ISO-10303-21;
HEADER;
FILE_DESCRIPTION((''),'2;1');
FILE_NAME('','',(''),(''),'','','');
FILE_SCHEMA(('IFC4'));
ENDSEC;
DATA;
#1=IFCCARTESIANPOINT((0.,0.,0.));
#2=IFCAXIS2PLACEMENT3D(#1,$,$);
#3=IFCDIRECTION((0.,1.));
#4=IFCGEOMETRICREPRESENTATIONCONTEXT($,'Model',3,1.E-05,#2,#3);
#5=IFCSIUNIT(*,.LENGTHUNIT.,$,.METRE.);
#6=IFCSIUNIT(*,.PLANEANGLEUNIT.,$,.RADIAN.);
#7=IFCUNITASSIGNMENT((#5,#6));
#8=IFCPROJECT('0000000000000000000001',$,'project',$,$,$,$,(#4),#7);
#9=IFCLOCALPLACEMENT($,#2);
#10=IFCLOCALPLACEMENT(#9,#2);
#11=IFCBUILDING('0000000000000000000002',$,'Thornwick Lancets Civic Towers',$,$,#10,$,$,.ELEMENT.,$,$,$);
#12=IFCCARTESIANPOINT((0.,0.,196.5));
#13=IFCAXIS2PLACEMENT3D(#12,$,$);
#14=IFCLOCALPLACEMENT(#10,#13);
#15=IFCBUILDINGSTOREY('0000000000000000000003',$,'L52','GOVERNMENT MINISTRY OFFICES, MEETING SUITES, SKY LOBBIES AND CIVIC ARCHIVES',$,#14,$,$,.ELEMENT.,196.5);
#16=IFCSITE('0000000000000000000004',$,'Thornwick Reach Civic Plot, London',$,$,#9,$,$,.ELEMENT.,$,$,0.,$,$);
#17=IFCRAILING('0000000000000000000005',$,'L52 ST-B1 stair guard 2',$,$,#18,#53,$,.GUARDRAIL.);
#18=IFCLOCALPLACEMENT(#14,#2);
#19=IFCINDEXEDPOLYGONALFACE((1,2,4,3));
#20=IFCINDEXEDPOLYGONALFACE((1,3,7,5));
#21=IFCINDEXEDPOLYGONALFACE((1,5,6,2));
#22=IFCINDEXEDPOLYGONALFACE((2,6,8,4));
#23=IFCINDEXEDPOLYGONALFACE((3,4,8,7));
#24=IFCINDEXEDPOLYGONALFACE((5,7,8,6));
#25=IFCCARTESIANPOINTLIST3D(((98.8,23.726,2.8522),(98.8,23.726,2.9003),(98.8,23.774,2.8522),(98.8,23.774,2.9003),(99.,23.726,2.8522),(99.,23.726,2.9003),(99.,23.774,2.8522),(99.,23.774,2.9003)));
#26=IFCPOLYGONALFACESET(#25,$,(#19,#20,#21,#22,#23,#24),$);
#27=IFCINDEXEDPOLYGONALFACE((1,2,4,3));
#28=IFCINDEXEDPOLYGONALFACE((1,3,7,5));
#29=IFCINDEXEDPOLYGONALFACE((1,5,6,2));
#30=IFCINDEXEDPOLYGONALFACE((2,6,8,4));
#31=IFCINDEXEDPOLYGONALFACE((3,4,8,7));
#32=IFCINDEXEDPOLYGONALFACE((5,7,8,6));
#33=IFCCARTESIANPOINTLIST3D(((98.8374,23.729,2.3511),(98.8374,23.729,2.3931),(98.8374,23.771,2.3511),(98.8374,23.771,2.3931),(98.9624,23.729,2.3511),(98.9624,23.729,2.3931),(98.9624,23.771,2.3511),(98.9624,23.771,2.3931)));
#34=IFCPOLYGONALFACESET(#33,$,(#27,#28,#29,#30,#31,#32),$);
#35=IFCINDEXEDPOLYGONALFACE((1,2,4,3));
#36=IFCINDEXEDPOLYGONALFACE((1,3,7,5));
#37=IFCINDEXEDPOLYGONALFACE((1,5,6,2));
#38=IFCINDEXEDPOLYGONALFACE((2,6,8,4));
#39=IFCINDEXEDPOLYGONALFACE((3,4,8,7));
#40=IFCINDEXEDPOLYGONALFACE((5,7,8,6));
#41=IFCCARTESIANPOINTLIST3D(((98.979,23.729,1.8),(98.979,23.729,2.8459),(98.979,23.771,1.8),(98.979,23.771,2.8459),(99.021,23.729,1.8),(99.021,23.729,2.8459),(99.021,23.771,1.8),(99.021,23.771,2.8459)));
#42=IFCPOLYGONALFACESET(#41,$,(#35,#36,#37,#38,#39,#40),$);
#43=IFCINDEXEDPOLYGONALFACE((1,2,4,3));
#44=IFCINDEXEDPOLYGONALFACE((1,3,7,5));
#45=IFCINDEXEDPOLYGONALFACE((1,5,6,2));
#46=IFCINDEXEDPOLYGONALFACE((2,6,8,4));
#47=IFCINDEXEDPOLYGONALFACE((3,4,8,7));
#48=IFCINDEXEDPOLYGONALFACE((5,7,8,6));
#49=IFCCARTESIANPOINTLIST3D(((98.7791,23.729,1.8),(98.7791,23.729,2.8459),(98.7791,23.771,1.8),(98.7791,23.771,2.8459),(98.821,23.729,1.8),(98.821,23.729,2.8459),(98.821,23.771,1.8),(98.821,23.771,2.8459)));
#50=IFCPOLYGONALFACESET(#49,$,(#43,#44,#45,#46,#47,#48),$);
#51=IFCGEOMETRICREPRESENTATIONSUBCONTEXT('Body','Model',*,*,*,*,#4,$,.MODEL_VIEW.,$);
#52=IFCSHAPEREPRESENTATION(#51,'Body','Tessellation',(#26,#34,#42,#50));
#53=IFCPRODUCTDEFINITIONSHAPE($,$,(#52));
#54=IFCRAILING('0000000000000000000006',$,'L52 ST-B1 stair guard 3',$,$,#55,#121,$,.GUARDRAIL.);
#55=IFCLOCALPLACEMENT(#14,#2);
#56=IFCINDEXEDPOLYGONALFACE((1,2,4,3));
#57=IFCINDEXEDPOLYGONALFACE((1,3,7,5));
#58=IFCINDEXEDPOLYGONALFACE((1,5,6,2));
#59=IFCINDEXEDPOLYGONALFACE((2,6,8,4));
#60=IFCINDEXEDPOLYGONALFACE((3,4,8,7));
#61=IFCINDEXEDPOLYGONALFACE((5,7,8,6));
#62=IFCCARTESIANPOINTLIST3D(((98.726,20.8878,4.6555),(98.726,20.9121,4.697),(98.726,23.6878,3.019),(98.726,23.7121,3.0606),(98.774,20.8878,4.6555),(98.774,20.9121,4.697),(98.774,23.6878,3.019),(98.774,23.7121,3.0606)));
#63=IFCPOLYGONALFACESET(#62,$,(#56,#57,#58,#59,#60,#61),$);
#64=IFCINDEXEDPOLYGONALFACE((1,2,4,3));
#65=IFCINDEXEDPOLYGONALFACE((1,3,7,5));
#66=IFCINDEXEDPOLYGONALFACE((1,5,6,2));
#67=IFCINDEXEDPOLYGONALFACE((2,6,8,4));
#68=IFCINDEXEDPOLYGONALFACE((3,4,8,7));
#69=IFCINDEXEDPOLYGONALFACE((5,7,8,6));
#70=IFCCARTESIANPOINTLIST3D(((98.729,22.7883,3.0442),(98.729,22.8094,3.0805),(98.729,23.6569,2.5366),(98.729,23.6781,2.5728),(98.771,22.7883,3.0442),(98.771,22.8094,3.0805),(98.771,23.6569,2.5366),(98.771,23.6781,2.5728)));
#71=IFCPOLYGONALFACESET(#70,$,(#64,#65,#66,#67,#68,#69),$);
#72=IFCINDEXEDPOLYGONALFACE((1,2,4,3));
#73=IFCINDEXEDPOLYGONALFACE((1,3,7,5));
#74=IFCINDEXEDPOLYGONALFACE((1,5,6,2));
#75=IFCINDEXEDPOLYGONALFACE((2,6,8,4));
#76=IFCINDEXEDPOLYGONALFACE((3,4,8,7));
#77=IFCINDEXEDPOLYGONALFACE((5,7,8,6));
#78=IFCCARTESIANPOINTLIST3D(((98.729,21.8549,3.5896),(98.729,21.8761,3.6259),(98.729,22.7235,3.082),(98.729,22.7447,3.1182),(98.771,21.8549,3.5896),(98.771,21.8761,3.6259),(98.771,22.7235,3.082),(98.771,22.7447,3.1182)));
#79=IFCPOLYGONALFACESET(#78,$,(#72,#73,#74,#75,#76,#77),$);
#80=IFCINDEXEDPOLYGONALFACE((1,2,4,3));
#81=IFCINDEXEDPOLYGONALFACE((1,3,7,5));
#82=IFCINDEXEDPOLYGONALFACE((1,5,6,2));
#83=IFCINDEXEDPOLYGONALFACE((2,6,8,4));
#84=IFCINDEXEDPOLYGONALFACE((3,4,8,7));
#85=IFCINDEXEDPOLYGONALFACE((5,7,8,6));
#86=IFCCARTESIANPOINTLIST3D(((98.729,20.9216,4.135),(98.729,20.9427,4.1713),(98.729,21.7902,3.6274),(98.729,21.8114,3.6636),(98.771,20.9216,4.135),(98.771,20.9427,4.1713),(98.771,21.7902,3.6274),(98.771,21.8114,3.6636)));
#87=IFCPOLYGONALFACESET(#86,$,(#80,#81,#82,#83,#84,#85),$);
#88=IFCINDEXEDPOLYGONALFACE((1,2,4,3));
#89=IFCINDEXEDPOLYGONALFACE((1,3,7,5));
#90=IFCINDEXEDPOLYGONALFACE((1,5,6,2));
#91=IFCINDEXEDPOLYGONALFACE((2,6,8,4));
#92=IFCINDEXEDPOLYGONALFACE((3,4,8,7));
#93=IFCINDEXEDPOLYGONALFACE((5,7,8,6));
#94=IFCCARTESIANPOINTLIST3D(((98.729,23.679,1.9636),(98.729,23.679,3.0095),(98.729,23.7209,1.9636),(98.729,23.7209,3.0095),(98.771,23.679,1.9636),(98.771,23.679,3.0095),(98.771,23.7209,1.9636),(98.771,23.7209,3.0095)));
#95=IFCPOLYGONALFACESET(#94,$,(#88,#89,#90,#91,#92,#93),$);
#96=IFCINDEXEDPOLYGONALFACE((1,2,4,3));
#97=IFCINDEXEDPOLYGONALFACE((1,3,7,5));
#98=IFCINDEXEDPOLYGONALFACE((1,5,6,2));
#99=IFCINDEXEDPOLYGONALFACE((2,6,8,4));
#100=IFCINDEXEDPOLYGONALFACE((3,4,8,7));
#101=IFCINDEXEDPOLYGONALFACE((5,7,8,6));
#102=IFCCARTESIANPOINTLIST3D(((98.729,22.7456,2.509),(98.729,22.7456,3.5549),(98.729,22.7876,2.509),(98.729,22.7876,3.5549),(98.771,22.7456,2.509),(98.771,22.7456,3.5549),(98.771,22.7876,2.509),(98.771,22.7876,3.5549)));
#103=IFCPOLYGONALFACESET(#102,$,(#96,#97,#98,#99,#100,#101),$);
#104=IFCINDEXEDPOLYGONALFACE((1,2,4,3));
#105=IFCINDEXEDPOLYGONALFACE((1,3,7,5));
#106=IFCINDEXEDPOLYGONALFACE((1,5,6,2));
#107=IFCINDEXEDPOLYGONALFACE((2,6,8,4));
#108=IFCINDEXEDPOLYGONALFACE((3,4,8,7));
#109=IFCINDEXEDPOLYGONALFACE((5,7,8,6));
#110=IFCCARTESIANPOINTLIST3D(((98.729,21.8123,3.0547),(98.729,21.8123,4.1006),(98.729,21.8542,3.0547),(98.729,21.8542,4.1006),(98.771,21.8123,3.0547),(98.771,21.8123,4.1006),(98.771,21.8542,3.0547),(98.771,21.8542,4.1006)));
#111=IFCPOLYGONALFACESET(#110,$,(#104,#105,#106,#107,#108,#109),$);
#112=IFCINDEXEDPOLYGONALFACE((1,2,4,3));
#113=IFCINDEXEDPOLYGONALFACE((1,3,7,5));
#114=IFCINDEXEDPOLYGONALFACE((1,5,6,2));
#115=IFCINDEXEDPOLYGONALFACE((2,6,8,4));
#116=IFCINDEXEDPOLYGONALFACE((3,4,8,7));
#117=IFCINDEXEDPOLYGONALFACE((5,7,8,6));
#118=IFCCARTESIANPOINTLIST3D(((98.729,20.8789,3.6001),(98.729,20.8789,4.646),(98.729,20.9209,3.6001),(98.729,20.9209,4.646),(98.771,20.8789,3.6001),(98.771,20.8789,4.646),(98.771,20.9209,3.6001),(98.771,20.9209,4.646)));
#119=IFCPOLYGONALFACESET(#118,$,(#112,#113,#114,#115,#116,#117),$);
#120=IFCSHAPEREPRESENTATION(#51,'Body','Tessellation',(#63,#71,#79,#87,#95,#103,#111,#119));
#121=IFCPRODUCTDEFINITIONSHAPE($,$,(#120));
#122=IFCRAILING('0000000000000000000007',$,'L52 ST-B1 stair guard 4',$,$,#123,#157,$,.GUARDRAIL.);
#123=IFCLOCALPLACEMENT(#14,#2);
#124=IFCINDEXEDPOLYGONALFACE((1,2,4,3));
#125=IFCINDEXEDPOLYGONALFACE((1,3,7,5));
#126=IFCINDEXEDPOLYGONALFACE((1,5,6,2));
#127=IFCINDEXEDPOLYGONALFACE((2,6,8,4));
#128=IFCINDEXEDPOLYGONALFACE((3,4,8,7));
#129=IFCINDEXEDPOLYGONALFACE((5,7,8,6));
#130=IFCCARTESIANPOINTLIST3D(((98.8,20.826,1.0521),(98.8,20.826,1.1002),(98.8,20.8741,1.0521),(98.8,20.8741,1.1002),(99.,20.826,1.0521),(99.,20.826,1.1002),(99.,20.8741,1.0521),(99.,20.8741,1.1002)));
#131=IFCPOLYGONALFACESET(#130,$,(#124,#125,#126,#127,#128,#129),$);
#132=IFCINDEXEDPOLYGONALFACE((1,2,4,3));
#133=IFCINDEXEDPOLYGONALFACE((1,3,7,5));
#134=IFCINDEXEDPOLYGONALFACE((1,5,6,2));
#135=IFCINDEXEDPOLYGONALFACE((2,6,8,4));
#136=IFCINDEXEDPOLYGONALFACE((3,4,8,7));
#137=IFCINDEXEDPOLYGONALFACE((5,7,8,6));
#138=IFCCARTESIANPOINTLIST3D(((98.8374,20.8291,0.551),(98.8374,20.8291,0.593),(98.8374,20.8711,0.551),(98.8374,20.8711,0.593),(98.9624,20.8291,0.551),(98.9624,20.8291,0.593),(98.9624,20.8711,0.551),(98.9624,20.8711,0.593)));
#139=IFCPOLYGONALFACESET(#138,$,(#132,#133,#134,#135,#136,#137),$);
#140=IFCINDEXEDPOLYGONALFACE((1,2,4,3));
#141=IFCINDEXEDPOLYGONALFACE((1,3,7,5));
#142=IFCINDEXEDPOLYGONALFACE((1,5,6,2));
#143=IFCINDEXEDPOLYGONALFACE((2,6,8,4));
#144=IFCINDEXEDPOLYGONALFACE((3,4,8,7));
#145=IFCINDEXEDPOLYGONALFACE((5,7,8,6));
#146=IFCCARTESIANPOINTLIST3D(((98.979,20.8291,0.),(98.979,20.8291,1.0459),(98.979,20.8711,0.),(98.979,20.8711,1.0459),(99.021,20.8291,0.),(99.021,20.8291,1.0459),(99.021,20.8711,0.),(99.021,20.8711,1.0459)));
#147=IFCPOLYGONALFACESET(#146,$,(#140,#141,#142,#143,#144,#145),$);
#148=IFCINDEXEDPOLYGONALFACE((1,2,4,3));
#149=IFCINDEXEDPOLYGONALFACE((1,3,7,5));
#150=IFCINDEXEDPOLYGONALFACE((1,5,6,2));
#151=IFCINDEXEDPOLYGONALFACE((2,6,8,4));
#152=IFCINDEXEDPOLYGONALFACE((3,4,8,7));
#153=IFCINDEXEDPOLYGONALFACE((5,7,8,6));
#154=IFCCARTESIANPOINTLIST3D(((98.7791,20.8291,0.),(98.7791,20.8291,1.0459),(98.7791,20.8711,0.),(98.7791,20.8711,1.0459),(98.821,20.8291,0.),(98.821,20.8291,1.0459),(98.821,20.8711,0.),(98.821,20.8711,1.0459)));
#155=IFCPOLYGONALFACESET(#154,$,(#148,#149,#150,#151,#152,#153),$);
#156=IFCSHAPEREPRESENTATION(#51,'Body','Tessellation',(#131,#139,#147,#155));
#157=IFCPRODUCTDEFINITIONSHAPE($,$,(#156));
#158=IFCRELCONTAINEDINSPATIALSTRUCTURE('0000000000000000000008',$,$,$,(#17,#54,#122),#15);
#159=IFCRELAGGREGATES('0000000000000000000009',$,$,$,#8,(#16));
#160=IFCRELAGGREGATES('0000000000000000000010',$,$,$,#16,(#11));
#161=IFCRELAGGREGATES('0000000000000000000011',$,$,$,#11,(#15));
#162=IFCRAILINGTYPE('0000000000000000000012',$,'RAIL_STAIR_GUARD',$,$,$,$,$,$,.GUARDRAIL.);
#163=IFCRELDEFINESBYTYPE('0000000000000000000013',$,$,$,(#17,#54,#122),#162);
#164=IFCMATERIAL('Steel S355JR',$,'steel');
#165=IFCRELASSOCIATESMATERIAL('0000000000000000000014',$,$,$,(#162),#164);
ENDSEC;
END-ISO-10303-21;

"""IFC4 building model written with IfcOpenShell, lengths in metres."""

from ifc_helpers import new_model, si_unit, direction, frame, origin, origin_2d, place, context, subcontext, project, spatial, rectangle, extrude, material, type_object, element, save


model = new_model("IFC4")

# Units and contexts
model_context = context("Model", 3, precision=1e-05, world=origin(), true_north=direction((0.0, 1.0)))
body_context = subcontext(model_context, "Body", "Model", "MODEL_VIEW")
ifc_project = project(units=[si_unit("LENGTHUNIT", "METRE"), si_unit("PLANEANGLEUNIT", "RADIAN")], contexts=[model_context])

# Site, building, storey
site_placement = place(None, origin())
site = spatial("IfcSite", under=ifc_project, at=site_placement, Name="Thornwick Reach Civic Plot, London", CompositionType="ELEMENT", RefElevation=0.0)
building_placement = place(site_placement, origin())
building = spatial("IfcBuilding", under=site, at=building_placement, Name="Thornwick Lancets Civic Towers", CompositionType="ELEMENT")
storey_placement = place(building_placement, frame((0.0, 0.0, 196.5)))
storey = spatial("IfcBuildingStorey", under=building, at=storey_placement, Name="L52", Description="GOVERNMENT MINISTRY OFFICES, MEETING SUITES, SKY LOBBIES AND CIVIC ARCHIVES", CompositionType="ELEMENT", Elevation=196.5)

# Railings
ifc_material_1 = material(Name="Steel S355JR", Category="steel")
railing_type_1 = type_object("IfcRailingType", Name="RAIL_STAIR_GUARD", PredefinedType="GUARDRAIL", material=ifc_material_1)
railing_1_placement = place(storey_placement, frame((99.0, 23.75, 1.8)))
element("IfcRailing", 1, at=railing_1_placement, inside=storey, type_object=railing_type_1, Name="L52 ST-B1 stair guard 2", PredefinedType="GUARDRAIL", context=body_context, shape_type="SweptSolid", body=[
    extrude(rectangle(XDim=0.0481, YDim=0.0481, at=origin_2d()), frame((0.0, 0.0, 1.0762), z_axis=(-1.0, 0.0, 0.0), x_axis=(0.0, -1.0, 0.0)), (0.0, 0.0, 1.0), 0.2),
    extrude(rectangle(XDim=0.042, YDim=0.042, at=origin_2d()), frame((-0.0376, 0.0, 0.572), z_axis=(-1.0, 0.0, 0.0), x_axis=(0.0, -1.0, 0.0)), (0.0, 0.0, 1.0), 0.125),
    extrude(rectangle(XDim=0.042, YDim=0.042, at=origin_2d()), origin(), (0.0, 0.0, 1.0), 1.0459),
    extrude(rectangle(XDim=0.042, YDim=0.042, at=origin_2d()), frame((-0.2, 0.0, 0.0)), (0.0, 0.0, 1.0), 1.0459),
])
railing_2_placement = place(storey_placement, frame((98.75, 23.7, 1.9636)))
element("IfcRailing", 2, at=railing_2_placement, inside=storey, type_object=railing_type_1, Name="L52 ST-B1 stair guard 3", PredefinedType="GUARDRAIL", context=body_context, shape_type="SweptSolid", body=[
    extrude(rectangle(XDim=0.0481, YDim=0.0481, at=origin_2d()), frame((0.0, 0.0, 1.0762), z_axis=(0.0, -0.863361, 0.504587), x_axis=(1.0, 0.0, 0.0)), (0.0, 0.0, 1.0), 3.2432),
    extrude(rectangle(XDim=0.042, YDim=0.042, at=origin_2d()), frame((0.0, -0.0325, 0.5911), z_axis=(0.0, -0.863361, 0.504587), x_axis=(1.0, 0.0, 0.0)), (0.0, 0.0, 1.0), 1.0061),
    extrude(rectangle(XDim=0.042, YDim=0.042, at=origin_2d()), frame((0.0, -0.9658, 1.1365), z_axis=(0.0, -0.863361, 0.504587), x_axis=(1.0, 0.0, 0.0)), (0.0, 0.0, 1.0), 1.0061),
    extrude(rectangle(XDim=0.042, YDim=0.042, at=origin_2d()), frame((0.0, -1.8992, 1.6819), z_axis=(0.0, -0.863361, 0.504587), x_axis=(1.0, 0.0, 0.0)), (0.0, 0.0, 1.0), 1.0061),
    extrude(rectangle(XDim=0.042, YDim=0.042, at=origin_2d()), origin(), (0.0, 0.0, 1.0), 1.0459),
    extrude(rectangle(XDim=0.042, YDim=0.042, at=origin_2d()), frame((0.0, -0.9333, 0.5454)), (0.0, 0.0, 1.0), 1.0459),
    extrude(rectangle(XDim=0.042, YDim=0.042, at=origin_2d()), frame((0.0, -1.8667, 1.0911)), (0.0, 0.0, 1.0), 1.0459),
    extrude(rectangle(XDim=0.042, YDim=0.042, at=origin_2d()), frame((0.0, -2.8, 1.6365)), (0.0, 0.0, 1.0), 1.0459),
])
railing_3_placement = place(storey_placement, frame((99.0, 20.8501, 0.0)))
element("IfcRailing", 3, at=railing_3_placement, inside=storey, type_object=railing_type_1, Name="L52 ST-B1 stair guard 4", PredefinedType="GUARDRAIL", context=body_context, shape_type="SweptSolid", body=[
    extrude(rectangle(XDim=0.0481, YDim=0.0481, at=origin_2d()), frame((0.0, 0.0, 1.0762), z_axis=(-1.0, 0.0, 0.0), x_axis=(0.0, -1.0, 0.0)), (0.0, 0.0, 1.0), 0.2),
    extrude(rectangle(XDim=0.042, YDim=0.042, at=origin_2d()), frame((-0.0376, 0.0, 0.572), z_axis=(-1.0, 0.0, 0.0), x_axis=(0.0, -1.0, 0.0)), (0.0, 0.0, 1.0), 0.125),
    extrude(rectangle(XDim=0.042, YDim=0.042, at=origin_2d()), origin(), (0.0, 0.0, 1.0), 1.0459),
    extrude(rectangle(XDim=0.042, YDim=0.042, at=origin_2d()), frame((-0.2, 0.0, 0.0)), (0.0, 0.0, 1.0), 1.0459),
])

save(model, "model.ifc")
